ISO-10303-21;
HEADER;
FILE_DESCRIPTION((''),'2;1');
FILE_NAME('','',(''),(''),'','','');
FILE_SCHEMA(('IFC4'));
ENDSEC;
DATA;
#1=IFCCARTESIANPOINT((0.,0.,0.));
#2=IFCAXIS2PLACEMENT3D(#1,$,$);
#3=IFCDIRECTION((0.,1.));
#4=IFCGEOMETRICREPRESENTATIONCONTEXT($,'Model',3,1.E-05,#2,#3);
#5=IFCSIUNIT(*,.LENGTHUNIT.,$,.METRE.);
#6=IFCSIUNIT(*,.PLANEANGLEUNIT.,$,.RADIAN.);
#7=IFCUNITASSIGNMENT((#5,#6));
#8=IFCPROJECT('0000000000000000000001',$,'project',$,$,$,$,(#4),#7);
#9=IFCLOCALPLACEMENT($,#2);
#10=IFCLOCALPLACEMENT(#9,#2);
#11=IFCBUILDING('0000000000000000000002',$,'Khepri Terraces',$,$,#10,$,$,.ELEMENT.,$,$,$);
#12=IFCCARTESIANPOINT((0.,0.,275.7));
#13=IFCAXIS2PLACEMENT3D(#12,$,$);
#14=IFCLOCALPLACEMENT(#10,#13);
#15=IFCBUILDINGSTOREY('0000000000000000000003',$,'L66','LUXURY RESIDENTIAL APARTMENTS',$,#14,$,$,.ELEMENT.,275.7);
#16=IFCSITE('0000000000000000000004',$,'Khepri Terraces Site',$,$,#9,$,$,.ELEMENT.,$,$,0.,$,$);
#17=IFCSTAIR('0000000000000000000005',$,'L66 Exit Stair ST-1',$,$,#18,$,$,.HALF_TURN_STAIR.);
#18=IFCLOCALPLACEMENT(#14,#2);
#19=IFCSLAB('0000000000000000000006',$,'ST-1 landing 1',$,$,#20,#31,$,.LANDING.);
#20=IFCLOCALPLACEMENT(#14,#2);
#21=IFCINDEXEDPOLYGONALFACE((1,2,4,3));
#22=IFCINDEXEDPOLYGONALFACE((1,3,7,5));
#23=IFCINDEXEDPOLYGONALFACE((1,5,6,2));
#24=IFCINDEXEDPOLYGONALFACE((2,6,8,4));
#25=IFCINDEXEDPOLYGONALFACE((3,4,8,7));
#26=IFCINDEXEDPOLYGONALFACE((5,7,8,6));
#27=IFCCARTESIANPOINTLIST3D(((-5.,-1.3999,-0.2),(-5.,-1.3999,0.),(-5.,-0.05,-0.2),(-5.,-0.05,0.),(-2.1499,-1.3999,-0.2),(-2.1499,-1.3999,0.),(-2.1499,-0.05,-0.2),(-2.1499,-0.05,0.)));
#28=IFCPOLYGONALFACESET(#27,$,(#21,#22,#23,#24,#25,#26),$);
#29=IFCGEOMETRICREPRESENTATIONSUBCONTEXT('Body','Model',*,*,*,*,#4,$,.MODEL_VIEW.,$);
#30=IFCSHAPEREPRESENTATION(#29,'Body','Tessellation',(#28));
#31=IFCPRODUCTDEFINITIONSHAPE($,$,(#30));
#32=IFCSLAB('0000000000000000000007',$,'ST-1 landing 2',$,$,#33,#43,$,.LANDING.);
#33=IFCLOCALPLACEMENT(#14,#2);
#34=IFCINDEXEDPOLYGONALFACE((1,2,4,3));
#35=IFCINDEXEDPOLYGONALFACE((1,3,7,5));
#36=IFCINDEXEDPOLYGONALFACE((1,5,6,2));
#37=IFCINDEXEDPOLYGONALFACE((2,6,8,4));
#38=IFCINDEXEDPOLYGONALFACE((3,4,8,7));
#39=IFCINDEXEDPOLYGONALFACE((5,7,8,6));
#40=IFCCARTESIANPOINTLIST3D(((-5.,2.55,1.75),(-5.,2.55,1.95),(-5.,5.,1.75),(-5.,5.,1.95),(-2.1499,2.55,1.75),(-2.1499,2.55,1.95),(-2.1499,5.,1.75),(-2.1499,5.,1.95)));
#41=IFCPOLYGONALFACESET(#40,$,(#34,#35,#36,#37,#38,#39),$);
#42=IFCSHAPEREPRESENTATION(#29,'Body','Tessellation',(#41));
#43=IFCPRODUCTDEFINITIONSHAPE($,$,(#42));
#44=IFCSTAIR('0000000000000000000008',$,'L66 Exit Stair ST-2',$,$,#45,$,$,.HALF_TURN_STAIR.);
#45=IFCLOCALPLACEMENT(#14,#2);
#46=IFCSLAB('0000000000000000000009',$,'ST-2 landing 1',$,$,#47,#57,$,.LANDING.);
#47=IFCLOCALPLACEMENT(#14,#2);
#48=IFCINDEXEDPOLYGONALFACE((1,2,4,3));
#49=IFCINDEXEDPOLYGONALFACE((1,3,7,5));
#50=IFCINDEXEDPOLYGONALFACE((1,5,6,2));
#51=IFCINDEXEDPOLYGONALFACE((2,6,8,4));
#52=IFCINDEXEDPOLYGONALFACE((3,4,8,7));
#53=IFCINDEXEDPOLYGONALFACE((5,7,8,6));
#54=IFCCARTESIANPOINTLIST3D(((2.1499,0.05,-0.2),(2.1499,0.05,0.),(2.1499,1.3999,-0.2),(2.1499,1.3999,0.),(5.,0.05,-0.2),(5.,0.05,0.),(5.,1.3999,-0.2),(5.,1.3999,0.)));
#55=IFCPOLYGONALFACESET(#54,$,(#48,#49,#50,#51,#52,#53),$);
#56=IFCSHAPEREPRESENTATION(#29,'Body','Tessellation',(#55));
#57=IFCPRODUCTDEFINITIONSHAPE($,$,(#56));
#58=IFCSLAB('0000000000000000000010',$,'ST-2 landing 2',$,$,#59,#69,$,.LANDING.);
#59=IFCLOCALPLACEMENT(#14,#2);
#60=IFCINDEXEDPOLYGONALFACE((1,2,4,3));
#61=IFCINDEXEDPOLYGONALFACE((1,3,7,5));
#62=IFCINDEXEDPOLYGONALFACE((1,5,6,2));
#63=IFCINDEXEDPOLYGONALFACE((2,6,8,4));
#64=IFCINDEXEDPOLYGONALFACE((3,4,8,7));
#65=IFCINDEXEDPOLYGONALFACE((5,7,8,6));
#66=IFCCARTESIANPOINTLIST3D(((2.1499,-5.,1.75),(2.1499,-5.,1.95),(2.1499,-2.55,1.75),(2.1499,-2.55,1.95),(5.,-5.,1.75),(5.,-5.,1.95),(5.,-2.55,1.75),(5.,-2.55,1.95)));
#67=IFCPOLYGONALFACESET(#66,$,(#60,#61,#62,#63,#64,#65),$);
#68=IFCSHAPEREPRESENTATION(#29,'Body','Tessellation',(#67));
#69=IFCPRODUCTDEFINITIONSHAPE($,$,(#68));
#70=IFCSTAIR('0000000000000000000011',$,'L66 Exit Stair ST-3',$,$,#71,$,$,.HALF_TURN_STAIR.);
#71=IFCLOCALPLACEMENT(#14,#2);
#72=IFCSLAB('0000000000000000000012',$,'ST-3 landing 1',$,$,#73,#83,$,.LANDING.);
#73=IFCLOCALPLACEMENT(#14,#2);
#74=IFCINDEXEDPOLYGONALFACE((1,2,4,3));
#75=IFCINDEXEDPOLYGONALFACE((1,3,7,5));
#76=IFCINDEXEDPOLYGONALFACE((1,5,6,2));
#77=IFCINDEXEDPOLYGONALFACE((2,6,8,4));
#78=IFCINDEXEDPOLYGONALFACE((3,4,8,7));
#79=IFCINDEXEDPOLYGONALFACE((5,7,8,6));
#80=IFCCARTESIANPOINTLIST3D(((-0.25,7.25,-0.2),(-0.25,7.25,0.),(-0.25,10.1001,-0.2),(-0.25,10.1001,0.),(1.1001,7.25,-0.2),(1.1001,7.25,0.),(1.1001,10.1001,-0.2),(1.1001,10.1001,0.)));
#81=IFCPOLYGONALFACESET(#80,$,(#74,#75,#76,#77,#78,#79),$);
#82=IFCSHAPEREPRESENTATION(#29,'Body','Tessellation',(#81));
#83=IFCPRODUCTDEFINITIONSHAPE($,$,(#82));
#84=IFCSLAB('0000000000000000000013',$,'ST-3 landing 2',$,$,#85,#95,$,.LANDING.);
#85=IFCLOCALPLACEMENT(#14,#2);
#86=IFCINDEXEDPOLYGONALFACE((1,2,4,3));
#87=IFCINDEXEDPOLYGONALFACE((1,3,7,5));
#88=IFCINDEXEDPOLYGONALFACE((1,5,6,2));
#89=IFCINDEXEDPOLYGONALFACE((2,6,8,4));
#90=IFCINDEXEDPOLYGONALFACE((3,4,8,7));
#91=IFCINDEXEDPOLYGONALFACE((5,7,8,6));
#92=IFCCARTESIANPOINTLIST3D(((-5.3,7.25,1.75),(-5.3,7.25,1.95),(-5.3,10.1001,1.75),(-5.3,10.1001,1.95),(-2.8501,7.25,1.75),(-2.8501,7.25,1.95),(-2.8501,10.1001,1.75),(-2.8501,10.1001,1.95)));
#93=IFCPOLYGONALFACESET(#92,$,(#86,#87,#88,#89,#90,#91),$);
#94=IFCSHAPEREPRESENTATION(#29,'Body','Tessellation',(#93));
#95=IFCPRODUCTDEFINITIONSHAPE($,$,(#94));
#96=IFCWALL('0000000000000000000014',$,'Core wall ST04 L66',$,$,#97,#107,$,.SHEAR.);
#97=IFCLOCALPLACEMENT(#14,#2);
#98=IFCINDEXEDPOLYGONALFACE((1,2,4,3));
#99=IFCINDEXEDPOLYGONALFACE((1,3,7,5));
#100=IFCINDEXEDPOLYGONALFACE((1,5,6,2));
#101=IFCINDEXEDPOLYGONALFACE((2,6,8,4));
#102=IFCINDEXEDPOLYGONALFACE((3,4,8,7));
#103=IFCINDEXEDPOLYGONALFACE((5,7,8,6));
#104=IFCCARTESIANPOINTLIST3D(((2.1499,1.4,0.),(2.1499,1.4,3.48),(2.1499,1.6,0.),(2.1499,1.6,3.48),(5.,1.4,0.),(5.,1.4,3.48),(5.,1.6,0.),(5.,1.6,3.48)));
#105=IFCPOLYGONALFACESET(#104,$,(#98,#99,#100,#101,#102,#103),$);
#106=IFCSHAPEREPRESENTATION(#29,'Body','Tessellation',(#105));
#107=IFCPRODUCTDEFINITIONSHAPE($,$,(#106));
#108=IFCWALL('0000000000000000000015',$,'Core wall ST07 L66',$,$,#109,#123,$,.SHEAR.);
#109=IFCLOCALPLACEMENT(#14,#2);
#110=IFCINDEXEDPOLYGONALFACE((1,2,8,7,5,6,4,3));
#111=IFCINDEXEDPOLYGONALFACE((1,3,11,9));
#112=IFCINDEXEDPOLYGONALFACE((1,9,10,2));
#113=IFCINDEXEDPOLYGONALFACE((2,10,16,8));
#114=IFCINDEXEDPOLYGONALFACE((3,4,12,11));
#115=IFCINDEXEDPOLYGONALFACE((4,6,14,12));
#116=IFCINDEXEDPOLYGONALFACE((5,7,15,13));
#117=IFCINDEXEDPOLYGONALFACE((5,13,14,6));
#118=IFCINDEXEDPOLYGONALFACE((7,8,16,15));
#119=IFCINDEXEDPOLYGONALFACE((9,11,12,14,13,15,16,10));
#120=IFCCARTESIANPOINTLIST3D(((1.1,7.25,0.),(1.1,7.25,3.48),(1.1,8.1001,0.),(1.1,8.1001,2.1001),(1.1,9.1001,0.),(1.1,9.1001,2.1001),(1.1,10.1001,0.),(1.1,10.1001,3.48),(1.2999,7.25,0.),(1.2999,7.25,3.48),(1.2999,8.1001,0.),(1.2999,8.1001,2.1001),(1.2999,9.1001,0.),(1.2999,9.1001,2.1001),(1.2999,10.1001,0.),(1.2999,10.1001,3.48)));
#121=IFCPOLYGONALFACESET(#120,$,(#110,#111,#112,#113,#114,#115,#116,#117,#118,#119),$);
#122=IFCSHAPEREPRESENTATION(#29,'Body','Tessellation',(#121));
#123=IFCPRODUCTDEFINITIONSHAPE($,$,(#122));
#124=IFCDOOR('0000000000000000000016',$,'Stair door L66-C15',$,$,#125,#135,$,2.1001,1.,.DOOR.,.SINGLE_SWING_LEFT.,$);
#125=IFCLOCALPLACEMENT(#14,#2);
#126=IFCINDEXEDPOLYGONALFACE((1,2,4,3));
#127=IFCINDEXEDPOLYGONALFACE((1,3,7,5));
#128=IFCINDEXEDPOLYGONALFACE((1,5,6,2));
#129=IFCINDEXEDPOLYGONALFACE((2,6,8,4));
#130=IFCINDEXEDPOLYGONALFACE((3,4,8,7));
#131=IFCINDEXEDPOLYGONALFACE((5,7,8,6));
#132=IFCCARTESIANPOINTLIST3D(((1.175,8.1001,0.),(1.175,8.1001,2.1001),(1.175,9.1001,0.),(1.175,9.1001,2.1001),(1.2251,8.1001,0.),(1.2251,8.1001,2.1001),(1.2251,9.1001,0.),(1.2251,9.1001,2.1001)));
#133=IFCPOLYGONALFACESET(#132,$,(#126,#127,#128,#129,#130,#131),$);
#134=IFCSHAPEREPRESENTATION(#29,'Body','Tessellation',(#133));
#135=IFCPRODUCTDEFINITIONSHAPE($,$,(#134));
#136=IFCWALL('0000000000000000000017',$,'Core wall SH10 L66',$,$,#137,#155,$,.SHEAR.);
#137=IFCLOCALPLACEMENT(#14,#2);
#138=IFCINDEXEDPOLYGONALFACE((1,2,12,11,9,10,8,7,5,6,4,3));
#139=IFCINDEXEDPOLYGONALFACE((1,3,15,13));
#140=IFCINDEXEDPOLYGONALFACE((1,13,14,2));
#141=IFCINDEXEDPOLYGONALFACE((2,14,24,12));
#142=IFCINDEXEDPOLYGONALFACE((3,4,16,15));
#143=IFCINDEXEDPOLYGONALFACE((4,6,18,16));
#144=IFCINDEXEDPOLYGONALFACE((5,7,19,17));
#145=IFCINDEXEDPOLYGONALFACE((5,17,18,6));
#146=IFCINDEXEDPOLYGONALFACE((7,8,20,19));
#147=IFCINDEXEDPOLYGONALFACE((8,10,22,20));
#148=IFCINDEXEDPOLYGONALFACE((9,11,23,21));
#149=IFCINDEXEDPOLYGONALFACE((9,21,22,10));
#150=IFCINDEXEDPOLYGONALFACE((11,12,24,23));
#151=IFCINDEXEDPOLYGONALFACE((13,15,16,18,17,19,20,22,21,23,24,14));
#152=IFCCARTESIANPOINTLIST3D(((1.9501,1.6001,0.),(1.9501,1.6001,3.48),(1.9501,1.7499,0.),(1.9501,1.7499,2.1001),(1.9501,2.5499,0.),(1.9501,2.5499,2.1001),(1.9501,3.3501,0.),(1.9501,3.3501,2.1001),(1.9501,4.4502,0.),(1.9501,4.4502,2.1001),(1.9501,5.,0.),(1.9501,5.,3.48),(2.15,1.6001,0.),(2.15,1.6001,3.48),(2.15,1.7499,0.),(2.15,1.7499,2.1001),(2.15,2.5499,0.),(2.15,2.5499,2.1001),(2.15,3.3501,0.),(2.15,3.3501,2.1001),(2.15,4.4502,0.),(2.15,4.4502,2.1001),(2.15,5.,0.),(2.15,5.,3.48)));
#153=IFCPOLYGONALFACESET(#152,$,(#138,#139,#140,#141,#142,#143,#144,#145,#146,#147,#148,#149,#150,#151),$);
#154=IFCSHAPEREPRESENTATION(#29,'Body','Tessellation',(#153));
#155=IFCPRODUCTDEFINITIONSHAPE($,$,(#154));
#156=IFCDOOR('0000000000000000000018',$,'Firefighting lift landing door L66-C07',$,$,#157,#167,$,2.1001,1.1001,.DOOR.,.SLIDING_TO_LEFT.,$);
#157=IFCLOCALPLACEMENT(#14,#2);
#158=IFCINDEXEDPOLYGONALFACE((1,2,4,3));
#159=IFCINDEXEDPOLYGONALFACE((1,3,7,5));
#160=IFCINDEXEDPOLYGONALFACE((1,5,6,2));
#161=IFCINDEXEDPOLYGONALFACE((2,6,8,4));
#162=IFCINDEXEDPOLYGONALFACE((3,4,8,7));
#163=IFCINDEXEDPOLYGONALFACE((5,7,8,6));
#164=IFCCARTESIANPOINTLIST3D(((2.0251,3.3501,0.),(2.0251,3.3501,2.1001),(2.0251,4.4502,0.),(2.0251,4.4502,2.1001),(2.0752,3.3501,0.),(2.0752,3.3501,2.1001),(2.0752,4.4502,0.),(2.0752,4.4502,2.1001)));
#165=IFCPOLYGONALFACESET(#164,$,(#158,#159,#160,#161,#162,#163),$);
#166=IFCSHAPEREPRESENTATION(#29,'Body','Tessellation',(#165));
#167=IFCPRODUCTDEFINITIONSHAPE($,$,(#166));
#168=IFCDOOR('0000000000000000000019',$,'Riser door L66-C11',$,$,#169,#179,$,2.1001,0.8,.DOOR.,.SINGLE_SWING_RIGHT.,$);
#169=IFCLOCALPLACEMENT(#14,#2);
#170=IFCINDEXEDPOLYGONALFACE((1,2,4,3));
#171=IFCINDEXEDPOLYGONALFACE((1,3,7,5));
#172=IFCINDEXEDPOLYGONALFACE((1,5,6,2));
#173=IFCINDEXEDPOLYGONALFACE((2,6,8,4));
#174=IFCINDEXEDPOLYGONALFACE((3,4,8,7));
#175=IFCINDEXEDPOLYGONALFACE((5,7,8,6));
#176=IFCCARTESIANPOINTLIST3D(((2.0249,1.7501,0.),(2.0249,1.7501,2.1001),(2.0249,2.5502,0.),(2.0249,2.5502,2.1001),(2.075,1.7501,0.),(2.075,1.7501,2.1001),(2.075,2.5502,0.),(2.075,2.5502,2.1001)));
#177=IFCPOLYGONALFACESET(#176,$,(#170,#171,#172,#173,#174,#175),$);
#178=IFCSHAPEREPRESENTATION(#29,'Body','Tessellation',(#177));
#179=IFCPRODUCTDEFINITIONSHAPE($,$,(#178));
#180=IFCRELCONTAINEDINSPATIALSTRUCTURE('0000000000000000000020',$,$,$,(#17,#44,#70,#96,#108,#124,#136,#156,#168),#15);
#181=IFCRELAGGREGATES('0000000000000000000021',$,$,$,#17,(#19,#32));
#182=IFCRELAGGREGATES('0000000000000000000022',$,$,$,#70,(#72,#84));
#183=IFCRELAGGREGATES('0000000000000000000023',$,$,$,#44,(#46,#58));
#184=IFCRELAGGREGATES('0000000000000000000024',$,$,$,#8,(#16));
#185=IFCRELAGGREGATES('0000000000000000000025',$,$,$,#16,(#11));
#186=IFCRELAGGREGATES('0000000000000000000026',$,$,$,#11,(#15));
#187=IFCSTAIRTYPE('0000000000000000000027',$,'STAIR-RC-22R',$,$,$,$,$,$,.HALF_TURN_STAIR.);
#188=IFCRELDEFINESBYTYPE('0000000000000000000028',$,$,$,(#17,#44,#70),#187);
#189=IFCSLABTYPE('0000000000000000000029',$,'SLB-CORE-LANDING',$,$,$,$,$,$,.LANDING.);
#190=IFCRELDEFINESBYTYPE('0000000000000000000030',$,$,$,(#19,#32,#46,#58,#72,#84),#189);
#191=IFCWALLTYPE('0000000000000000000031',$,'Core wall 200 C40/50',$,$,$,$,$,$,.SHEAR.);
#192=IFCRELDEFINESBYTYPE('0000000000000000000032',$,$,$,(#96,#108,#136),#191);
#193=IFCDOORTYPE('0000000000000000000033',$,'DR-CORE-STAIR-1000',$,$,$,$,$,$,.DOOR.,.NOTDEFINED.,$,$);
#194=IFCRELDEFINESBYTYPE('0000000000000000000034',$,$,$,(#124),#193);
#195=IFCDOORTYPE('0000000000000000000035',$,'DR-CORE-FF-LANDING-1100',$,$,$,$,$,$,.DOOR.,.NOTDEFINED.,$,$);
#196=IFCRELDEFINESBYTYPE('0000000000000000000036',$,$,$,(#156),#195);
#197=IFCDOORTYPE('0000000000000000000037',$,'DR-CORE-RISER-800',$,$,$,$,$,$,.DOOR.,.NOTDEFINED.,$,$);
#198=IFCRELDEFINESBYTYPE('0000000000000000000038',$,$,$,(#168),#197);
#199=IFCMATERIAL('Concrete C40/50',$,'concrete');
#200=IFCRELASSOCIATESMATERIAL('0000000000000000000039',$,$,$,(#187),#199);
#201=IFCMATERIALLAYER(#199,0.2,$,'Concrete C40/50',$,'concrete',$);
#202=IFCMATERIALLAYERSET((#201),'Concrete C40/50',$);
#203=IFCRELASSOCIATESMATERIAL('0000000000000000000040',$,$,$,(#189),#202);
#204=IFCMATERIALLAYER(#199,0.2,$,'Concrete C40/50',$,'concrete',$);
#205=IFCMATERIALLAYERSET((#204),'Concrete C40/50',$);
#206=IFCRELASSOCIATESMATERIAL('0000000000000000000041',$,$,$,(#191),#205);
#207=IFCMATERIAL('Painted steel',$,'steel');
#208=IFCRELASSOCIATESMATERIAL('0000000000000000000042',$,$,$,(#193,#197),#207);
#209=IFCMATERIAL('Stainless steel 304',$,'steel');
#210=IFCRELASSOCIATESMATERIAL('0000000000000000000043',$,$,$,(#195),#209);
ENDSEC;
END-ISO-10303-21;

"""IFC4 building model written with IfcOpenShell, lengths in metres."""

from ifc_helpers import new_model, si_unit, direction, frame, frame_2d, origin, place, context, subcontext, project, spatial, polyline, rectangle, outline, extrude, material, layer, layer_set, type_object, element, fill, aggregate, save


model = new_model("IFC4")

# Units and contexts
model_context = context("Model", 3, precision=1e-05, world=origin(), true_north=direction((0.0, 1.0)))
body_context = subcontext(model_context, "Body", "Model", "MODEL_VIEW")
ifc_project = project(units=[si_unit("LENGTHUNIT", "METRE"), si_unit("PLANEANGLEUNIT", "RADIAN")], contexts=[model_context])

# Site, building, storey
site_placement = place(None, origin())
site = spatial("IfcSite", under=ifc_project, at=site_placement, Name="Khepri Terraces Site", CompositionType="ELEMENT", RefElevation=0.0)
building_placement = place(site_placement, origin())
building = spatial("IfcBuilding", under=site, at=building_placement, Name="Khepri Terraces", CompositionType="ELEMENT")
storey_placement = place(building_placement, frame((0.0, 0.0, 275.7)))
storey = spatial("IfcBuildingStorey", under=building, at=storey_placement, Name="L66", Description="LUXURY RESIDENTIAL APARTMENTS", CompositionType="ELEMENT", Elevation=275.7)

# Stairs, slabs
ifc_material_1 = material(Name="Concrete C40/50", Category="concrete")
stair_type = type_object("IfcStairType", Name="STAIR-RC-22R", PredefinedType="HALF_TURN_STAIR", material=ifc_material_1)
stair_1_placement = place(storey_placement, origin())
stair_1 = element("IfcStair", 1, at=stair_1_placement, inside=storey, type_object=stair_type, Name="L66 Exit Stair ST-1", PredefinedType="HALF_TURN_STAIR")
ifc_layer_1 = layer(ifc_material_1, 0.2, Name="Concrete C40/50", Category="concrete")
ifc_layer_set_1 = layer_set([ifc_layer_1], Name="Concrete C40/50")
slab_type = type_object("IfcSlabType", Name="SLB-CORE-LANDING", PredefinedType="LANDING", material=ifc_layer_set_1)
slab_1_placement = place(storey_placement, frame((0.0, 0.0, -0.2)))
slab_1 = element("IfcSlab", 2, at=slab_1_placement, type_object=slab_type, Name="ST-1 landing 1", PredefinedType="LANDING", context=body_context, shape_type="SweptSolid", body=[
    extrude(outline(polyline([(-2.1499, -1.3999), (-2.1499, -0.05), (-5.0, -0.05), (-5.0, -1.3999), (-2.1499, -1.3999)])), origin(), (0.0, 0.0, 1.0), 0.2),
])
slab_2_placement = place(storey_placement, frame((0.0, 0.0, 1.75)))
slab_2 = element("IfcSlab", 3, at=slab_2_placement, type_object=slab_type, Name="ST-1 landing 2", PredefinedType="LANDING", context=body_context, shape_type="SweptSolid", body=[
    extrude(outline(polyline([(-2.1499, 2.55), (-2.1499, 5.0), (-5.0, 5.0), (-5.0, 2.55), (-2.1499, 2.55)])), origin(), (0.0, 0.0, 1.0), 0.2),
])
aggregate(stair_1, [slab_1, slab_2])
stair_2_placement = place(storey_placement, origin())
stair_2 = element("IfcStair", 4, at=stair_2_placement, inside=storey, type_object=stair_type, Name="L66 Exit Stair ST-2", PredefinedType="HALF_TURN_STAIR")
slab_3_placement = place(storey_placement, frame((0.0, 0.0, -0.2)))
slab_3 = element("IfcSlab", 5, at=slab_3_placement, type_object=slab_type, Name="ST-2 landing 1", PredefinedType="LANDING", context=body_context, shape_type="SweptSolid", body=[
    extrude(outline(polyline([(2.1499, 1.3999), (2.1499, 0.05), (5.0, 0.05), (5.0, 1.3999), (2.1499, 1.3999)])), origin(), (0.0, 0.0, 1.0), 0.2),
])
slab_4_placement = place(storey_placement, frame((0.0, 0.0, 1.75)))
slab_4 = element("IfcSlab", 6, at=slab_4_placement, type_object=slab_type, Name="ST-2 landing 2", PredefinedType="LANDING", context=body_context, shape_type="SweptSolid", body=[
    extrude(outline(polyline([(2.1499, -2.55), (2.1499, -5.0), (5.0, -5.0), (5.0, -2.55), (2.1499, -2.55)])), origin(), (0.0, 0.0, 1.0), 0.2),
])
stair_3_placement = place(storey_placement, origin())
stair_3 = element("IfcStair", 7, at=stair_3_placement, inside=storey, type_object=stair_type, Name="L66 Exit Stair ST-3", PredefinedType="HALF_TURN_STAIR")
slab_5_placement = place(storey_placement, frame((0.0, 0.0, -0.2)))
slab_5 = element("IfcSlab", 8, at=slab_5_placement, type_object=slab_type, Name="ST-3 landing 1", PredefinedType="LANDING", context=body_context, shape_type="SweptSolid", body=[
    extrude(outline(polyline([(1.1001, 10.1001), (-0.25, 10.1001), (-0.25, 7.25), (1.1001, 7.25), (1.1001, 10.1001)])), origin(), (0.0, 0.0, 1.0), 0.2),
])
slab_6_placement = place(storey_placement, frame((0.0, 0.0, 1.75)))
slab_6 = element("IfcSlab", 9, at=slab_6_placement, type_object=slab_type, Name="ST-3 landing 2", PredefinedType="LANDING", context=body_context, shape_type="SweptSolid", body=[
    extrude(outline(polyline([(-2.8501, 10.1001), (-5.3, 10.1001), (-5.3, 7.25), (-2.8501, 7.25), (-2.8501, 10.1001)])), origin(), (0.0, 0.0, 1.0), 0.2),
])
aggregate(stair_3, [slab_5, slab_6])

# Wall
ifc_layer_2 = layer(ifc_material_1, 0.2, Name="Concrete C40/50", Category="concrete")
ifc_layer_set_2 = layer_set([ifc_layer_2], Name="Concrete C40/50")
wall_type = type_object("IfcWallType", Name="Core wall 200 C40/50", PredefinedType="SHEAR", material=ifc_layer_set_2)
wall_1_placement = place(storey_placement, frame((2.1499, 1.5, 0.0), z_axis=(0.0, 0.0, 1.0), x_axis=(1.0, 0.0, 0.0)))
element("IfcWall", 10, at=wall_1_placement, inside=storey, type_object=wall_type, Name="Core wall ST04 L66", PredefinedType="SHEAR", context=body_context, shape_type="SweptSolid", body=[
    extrude(rectangle(XDim=2.8501, YDim=0.2, at=frame_2d((1.425, 0.0))), origin(), (0.0, 0.0, 1.0), 3.48),
])

# Wall, opening, door
wall_2_placement = place(storey_placement, frame((1.2, 7.25, 0.0), z_axis=(0.0, 0.0, 1.0), x_axis=(0.0, 1.0, 0.0)))
wall_2 = element("IfcWall", 11, at=wall_2_placement, inside=storey, type_object=wall_type, Name="Core wall ST07 L66", PredefinedType="SHEAR", context=body_context, shape_type="SweptSolid", body=[
    extrude(rectangle(XDim=2.8501, YDim=0.2, at=frame_2d((1.425, 0.0))), origin(), (0.0, 0.0, 1.0), 3.48),
])
opening_1_placement = place(wall_2_placement, frame((0.8501, 0.0, 0.0)))
opening_1 = element("IfcOpeningElement", 12, at=opening_1_placement, cuts=wall_2, PredefinedType="OPENING", context=body_context, shape_type="SweptSolid", body=[
    extrude(rectangle(XDim=1.0, YDim=2.1001, at=frame_2d((0.5, 1.05))), frame((0.0, 0.1099, 0.0), z_axis=(0.0, -1.0, 0.0), x_axis=(1.0, 0.0, 0.0)), (0.0, 0.0, 1.0), 0.22),
])
ifc_material_2 = material(Name="Painted steel", Category="steel")
door_type_1 = type_object("IfcDoorType", Name="DR-CORE-STAIR-1000", OperationType="NOTDEFINED", PredefinedType="DOOR", material=ifc_material_2)
door_1_placement = place(opening_1_placement, origin())
door_1 = element("IfcDoor", 13, at=door_1_placement, inside=storey, type_object=door_type_1, Name="Stair door L66-C15", OperationType="SINGLE_SWING_LEFT", OverallHeight=2.1001, OverallWidth=1.0, PredefinedType="DOOR", context=body_context, shape_type="SweptSolid", body=[
    extrude(rectangle(XDim=1.0, YDim=2.1001, at=frame_2d((0.5, 1.05))), frame((0.0, 0.0249, 0.0), z_axis=(0.0, -1.0, 0.0), x_axis=(1.0, 0.0, 0.0)), (0.0, 0.0, 1.0), 0.05),
])
fill(opening_1, door_1)

# Wall, openings, doors
wall_3_placement = place(storey_placement, frame((2.05, 1.6001, 0.0), z_axis=(0.0, 0.0, 1.0), x_axis=(0.0, 1.0, 0.0)))
wall_3 = element("IfcWall", 14, at=wall_3_placement, inside=storey, type_object=wall_type, Name="Core wall SH10 L66", PredefinedType="SHEAR", context=body_context, shape_type="SweptSolid", body=[
    extrude(rectangle(XDim=3.3999, YDim=0.2, at=frame_2d((1.7, 0.0))), origin(), (0.0, 0.0, 1.0), 3.48),
])
opening_2_placement = place(wall_3_placement, frame((1.75, 0.0, 0.0)))
opening_2 = element("IfcOpeningElement", 15, at=opening_2_placement, cuts=wall_3, PredefinedType="OPENING", context=body_context, shape_type="SweptSolid", body=[
    extrude(rectangle(XDim=1.1001, YDim=2.1001, at=frame_2d((0.55, 1.05))), frame((0.0, 0.1099, 0.0), z_axis=(0.0, -1.0, 0.0), x_axis=(1.0, 0.0, 0.0)), (0.0, 0.0, 1.0), 0.22),
])
opening_3_placement = place(wall_3_placement, frame((0.1499, 0.0, 0.0)))
opening_3 = element("IfcOpeningElement", 16, at=opening_3_placement, cuts=wall_3, PredefinedType="OPENING", context=body_context, shape_type="SweptSolid", body=[
    extrude(rectangle(XDim=0.8, YDim=2.1001, at=frame_2d((0.3999, 1.05))), frame((0.0, 0.1099, 0.0), z_axis=(0.0, -1.0, 0.0), x_axis=(1.0, 0.0, 0.0)), (0.0, 0.0, 1.0), 0.22),
])
ifc_material_3 = material(Name="Stainless steel 304", Category="steel")
door_type_2 = type_object("IfcDoorType", Name="DR-CORE-FF-LANDING-1100", OperationType="NOTDEFINED", PredefinedType="DOOR", material=ifc_material_3)
door_2_placement = place(opening_2_placement, origin())
door_2 = element("IfcDoor", 17, at=door_2_placement, inside=storey, type_object=door_type_2, Name="Firefighting lift landing door L66-C07", OperationType="SLIDING_TO_LEFT", OverallHeight=2.1001, OverallWidth=1.1001, PredefinedType="DOOR", context=body_context, shape_type="SweptSolid", body=[
    extrude(rectangle(XDim=1.1001, YDim=2.1001, at=frame_2d((0.55, 1.05))), frame((0.0, 0.0249, 0.0), z_axis=(0.0, -1.0, 0.0), x_axis=(1.0, 0.0, 0.0)), (0.0, 0.0, 1.0), 0.05),
])
fill(opening_2, door_2)
door_type_3 = type_object("IfcDoorType", Name="DR-CORE-RISER-800", OperationType="NOTDEFINED", PredefinedType="DOOR", material=ifc_material_2)
door_3_placement = place(opening_3_placement, frame((0.8, 0.0, 0.0), z_axis=(0.0, 0.0, 1.0), x_axis=(-1.0, 0.0, 0.0)))
door_3 = element("IfcDoor", 18, at=door_3_placement, inside=storey, type_object=door_type_3, Name="Riser door L66-C11", OperationType="SINGLE_SWING_RIGHT", OverallHeight=2.1001, OverallWidth=0.8, PredefinedType="DOOR", context=body_context, shape_type="SweptSolid", body=[
    extrude(rectangle(XDim=0.8, YDim=2.1001, at=frame_2d((0.3999, 1.05))), frame((0.0, 0.0249, 0.0), z_axis=(0.0, -1.0, 0.0), x_axis=(1.0, 0.0, 0.0)), (0.0, 0.0, 1.0), 0.05),
])
fill(opening_3, door_3)

aggregate(stair_2, [slab_3, slab_4])

save(model, "model.ifc")
